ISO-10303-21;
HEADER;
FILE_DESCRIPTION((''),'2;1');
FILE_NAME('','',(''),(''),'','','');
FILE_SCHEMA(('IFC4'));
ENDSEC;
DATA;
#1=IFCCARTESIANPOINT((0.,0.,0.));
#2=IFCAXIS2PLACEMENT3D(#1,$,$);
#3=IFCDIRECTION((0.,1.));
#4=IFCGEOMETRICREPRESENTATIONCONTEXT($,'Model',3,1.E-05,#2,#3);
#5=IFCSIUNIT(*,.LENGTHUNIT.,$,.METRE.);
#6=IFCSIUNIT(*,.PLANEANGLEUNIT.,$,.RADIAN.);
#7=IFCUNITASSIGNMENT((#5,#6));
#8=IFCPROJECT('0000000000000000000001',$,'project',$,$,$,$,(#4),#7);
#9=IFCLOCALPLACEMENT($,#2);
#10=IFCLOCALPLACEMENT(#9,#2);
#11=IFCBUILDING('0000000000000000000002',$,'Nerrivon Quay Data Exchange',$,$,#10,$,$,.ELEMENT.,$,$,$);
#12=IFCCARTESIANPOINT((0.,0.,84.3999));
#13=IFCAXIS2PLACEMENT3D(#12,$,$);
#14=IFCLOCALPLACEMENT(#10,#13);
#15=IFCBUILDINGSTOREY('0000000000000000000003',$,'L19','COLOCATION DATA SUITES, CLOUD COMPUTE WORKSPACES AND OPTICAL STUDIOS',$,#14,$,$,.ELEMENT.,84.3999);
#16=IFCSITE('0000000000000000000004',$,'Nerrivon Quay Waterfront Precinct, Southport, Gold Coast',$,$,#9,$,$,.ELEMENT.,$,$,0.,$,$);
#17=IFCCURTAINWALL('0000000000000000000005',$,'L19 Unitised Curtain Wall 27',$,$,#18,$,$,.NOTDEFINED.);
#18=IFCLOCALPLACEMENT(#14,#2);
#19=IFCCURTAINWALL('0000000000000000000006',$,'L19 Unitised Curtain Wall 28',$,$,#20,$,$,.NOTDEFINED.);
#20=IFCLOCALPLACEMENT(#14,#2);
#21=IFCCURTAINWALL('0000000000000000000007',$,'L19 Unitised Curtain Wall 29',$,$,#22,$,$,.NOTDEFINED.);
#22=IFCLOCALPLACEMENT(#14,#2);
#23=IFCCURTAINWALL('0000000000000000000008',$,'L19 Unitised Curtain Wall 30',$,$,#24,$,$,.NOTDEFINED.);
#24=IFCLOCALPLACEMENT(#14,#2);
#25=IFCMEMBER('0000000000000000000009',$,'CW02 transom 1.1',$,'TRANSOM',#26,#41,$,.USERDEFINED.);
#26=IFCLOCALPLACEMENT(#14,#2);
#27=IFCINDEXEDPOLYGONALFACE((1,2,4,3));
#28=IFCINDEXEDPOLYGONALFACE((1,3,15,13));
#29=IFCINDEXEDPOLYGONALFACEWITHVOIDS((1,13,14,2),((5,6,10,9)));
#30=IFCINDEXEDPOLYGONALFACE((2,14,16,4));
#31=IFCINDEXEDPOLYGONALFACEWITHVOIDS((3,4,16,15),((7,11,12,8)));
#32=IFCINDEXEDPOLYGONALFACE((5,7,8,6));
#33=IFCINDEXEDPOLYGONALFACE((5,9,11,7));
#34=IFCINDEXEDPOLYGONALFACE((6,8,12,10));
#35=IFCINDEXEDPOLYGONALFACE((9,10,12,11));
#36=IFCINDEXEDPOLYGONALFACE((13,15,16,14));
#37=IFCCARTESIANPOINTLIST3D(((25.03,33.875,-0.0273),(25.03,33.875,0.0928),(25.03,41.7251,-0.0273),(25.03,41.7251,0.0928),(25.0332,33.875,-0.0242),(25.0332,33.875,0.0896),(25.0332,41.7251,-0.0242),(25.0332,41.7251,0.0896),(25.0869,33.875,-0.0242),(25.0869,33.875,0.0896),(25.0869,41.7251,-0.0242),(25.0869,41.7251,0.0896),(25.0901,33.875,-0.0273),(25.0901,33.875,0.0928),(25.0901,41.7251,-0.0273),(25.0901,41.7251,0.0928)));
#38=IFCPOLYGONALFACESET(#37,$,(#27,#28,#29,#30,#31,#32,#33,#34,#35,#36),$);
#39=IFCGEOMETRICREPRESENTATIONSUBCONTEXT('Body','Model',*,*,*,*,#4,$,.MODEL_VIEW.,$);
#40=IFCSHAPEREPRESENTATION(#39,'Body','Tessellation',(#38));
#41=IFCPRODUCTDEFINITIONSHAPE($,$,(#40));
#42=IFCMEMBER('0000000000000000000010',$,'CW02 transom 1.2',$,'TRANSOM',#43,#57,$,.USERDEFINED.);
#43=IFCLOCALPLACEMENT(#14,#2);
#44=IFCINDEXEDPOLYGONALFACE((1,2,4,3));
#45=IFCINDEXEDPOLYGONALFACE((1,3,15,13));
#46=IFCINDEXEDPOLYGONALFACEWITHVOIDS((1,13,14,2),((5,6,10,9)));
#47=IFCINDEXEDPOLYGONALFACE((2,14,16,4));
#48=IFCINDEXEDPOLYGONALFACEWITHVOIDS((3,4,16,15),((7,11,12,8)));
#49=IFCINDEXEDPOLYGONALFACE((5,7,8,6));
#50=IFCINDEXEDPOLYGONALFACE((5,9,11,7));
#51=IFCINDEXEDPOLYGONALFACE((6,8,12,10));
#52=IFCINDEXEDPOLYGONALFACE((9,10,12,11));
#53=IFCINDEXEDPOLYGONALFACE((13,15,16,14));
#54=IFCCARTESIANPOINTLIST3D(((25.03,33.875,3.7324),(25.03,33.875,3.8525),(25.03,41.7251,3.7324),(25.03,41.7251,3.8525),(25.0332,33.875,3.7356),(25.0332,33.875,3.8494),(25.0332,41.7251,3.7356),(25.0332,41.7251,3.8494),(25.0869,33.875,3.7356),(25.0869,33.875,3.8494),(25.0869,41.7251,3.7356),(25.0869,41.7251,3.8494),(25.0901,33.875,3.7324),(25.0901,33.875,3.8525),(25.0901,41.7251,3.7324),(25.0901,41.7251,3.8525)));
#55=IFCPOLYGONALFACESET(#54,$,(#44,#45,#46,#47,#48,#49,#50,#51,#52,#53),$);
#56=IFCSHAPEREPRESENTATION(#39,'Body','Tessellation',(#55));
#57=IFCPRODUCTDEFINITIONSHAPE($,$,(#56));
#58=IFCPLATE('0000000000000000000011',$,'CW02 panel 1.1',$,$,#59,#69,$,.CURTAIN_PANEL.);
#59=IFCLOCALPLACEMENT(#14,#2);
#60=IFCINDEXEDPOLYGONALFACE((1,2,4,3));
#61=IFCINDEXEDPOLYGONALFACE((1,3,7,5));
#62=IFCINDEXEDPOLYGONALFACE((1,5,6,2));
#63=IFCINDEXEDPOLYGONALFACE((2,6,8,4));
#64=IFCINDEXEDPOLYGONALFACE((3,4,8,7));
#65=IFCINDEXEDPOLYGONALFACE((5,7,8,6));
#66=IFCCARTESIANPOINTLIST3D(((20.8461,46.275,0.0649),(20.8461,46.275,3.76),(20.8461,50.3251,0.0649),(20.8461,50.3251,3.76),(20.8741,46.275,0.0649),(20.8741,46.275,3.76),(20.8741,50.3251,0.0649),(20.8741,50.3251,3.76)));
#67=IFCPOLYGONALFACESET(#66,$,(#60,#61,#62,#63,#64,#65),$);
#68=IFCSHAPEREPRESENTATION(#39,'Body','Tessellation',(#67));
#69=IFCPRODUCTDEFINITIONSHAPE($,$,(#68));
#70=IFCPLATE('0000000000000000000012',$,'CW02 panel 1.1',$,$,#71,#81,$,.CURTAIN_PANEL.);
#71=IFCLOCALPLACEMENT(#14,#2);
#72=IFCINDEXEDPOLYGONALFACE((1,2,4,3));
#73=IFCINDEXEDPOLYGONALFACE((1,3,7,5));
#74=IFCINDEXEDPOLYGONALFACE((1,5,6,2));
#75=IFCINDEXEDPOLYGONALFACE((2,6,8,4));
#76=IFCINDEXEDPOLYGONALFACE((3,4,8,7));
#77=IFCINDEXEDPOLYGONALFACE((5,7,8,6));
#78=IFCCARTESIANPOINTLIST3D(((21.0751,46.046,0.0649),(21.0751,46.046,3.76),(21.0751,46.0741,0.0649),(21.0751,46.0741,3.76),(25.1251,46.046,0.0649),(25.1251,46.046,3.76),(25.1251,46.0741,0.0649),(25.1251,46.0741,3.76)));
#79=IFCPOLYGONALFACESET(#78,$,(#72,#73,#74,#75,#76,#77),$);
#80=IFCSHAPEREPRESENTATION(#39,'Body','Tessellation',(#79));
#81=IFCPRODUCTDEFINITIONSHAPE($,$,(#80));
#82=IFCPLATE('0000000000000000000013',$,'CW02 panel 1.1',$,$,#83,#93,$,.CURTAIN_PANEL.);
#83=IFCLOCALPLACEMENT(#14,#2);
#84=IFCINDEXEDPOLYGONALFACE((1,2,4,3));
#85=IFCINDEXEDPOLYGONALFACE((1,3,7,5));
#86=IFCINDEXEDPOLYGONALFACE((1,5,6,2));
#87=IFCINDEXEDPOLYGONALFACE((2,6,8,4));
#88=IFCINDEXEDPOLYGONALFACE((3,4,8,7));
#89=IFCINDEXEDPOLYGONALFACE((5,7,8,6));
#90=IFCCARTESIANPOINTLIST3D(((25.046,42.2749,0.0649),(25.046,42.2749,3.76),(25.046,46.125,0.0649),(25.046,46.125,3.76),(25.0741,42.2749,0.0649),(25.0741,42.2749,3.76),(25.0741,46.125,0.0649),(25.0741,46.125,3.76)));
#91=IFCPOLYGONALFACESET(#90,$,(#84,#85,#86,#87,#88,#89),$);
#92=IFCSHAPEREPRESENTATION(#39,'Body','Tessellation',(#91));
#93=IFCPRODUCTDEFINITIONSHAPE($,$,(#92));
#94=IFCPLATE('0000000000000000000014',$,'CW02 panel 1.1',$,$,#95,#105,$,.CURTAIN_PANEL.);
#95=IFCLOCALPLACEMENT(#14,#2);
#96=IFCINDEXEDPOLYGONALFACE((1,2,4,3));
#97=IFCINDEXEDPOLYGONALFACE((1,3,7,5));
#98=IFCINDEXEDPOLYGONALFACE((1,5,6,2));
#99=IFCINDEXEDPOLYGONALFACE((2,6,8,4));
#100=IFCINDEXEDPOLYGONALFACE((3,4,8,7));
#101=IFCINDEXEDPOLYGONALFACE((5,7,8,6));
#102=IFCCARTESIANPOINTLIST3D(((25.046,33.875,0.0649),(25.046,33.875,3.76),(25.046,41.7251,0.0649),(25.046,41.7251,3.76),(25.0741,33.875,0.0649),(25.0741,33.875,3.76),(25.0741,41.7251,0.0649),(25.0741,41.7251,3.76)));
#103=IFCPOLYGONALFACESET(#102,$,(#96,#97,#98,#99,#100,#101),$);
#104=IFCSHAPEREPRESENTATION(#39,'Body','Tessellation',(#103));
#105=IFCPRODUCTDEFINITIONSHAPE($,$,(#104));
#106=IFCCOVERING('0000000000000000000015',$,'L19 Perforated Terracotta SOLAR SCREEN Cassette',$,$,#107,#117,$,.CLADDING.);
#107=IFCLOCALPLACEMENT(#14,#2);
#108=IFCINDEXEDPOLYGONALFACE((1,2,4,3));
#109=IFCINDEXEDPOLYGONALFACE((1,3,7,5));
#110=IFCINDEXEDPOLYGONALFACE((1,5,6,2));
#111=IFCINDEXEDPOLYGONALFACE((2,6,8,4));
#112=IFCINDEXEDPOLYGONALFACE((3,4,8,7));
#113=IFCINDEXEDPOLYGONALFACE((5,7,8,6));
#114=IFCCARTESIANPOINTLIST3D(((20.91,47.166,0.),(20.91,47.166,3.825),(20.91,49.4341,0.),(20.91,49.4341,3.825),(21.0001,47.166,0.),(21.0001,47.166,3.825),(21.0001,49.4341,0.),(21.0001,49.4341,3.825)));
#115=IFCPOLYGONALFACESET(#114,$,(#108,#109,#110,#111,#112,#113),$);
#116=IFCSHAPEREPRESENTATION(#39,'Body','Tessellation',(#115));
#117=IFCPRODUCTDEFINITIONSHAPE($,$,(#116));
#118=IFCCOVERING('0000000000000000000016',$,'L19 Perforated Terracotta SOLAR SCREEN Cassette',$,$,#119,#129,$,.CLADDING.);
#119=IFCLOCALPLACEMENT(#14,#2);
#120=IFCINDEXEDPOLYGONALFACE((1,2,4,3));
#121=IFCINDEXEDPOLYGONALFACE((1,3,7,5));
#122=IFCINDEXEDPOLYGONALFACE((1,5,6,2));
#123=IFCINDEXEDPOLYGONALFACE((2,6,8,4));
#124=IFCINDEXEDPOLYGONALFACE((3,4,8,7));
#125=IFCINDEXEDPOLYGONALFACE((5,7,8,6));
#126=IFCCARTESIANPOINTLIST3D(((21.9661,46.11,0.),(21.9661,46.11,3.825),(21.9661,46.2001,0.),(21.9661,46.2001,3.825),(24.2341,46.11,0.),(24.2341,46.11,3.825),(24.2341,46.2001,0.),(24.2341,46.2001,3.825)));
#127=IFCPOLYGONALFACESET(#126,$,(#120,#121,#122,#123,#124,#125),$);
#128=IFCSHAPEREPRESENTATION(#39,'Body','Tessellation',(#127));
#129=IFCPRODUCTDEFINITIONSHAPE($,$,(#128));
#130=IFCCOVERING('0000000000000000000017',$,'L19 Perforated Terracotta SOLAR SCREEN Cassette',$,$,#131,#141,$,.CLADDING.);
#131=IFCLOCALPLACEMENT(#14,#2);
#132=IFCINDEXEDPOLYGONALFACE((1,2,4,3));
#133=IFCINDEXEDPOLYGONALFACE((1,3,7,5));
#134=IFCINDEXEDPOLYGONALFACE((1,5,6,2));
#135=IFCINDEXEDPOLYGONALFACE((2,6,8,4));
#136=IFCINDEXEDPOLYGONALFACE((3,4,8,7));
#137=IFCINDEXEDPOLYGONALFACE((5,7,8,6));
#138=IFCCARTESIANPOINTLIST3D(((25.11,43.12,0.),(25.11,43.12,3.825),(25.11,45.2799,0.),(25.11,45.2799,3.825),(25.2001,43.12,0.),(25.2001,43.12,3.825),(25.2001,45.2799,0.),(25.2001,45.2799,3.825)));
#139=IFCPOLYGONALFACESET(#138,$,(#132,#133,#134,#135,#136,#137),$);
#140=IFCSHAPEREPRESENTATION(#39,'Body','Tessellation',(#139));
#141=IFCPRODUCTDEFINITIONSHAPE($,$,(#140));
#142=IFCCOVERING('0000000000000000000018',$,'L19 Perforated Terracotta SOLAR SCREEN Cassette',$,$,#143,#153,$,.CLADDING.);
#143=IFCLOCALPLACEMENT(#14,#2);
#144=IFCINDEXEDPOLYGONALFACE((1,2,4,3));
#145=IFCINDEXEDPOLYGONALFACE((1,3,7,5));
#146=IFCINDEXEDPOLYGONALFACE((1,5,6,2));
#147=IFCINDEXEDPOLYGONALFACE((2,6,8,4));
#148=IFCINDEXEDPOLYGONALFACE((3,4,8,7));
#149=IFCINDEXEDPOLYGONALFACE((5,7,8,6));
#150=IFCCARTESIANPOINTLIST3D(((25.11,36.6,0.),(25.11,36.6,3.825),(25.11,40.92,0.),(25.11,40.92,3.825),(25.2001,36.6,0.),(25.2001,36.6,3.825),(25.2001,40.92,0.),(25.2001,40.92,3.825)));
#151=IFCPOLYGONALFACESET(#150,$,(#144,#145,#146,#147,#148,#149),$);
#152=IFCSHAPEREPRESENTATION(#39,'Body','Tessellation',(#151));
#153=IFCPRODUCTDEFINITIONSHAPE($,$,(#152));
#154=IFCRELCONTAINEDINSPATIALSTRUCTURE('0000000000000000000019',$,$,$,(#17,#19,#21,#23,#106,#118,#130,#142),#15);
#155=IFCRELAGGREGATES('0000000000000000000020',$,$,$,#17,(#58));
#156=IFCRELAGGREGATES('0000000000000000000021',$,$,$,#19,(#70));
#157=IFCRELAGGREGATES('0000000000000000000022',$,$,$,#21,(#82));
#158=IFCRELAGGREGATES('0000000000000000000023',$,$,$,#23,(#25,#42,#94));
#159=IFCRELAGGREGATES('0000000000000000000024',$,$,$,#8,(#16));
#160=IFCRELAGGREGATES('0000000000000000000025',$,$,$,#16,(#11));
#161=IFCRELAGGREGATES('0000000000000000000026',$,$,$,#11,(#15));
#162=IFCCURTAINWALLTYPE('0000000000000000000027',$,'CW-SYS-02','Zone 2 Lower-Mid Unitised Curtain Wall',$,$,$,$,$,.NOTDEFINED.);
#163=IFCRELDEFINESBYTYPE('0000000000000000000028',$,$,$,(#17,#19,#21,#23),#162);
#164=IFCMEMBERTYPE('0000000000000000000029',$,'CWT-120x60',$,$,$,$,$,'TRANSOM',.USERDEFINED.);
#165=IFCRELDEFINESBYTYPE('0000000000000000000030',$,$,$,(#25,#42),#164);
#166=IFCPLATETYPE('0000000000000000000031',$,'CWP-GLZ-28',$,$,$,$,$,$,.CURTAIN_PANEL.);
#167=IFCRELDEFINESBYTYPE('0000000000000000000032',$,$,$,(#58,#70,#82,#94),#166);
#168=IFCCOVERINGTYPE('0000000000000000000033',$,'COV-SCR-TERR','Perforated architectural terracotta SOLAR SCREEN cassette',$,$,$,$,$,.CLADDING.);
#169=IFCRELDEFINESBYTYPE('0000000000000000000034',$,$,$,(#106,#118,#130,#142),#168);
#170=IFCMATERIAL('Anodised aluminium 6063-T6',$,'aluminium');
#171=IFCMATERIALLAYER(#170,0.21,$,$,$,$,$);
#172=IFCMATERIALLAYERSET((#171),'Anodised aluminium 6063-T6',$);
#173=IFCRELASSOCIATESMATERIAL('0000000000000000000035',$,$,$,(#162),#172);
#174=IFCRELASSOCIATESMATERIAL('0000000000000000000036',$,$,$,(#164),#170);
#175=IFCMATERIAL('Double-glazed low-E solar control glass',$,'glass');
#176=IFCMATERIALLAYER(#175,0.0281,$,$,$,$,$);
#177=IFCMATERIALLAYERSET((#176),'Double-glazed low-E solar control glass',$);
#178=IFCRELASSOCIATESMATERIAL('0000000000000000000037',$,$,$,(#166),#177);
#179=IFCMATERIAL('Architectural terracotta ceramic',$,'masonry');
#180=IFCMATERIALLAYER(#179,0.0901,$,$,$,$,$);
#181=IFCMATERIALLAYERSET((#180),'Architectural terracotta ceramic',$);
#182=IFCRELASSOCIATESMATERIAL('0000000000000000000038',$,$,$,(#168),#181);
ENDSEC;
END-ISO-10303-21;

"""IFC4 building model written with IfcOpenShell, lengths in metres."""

from ifc_helpers import new_model, si_unit, direction, frame, origin, origin_2d, place, context, subcontext, project, spatial, rectangle, hollow_rectangle, extrude, material, layer, layer_set, material_profile, profile_set, type_object, element, aggregate, save


model = new_model("IFC4")

# Units and contexts
model_context = context("Model", 3, precision=1e-05, world=origin(), true_north=direction((0.0, 1.0)))
body_context = subcontext(model_context, "Body", "Model", "MODEL_VIEW")
ifc_project = project(units=[si_unit("LENGTHUNIT", "METRE"), si_unit("PLANEANGLEUNIT", "RADIAN")], contexts=[model_context])

# Site, building, storey
site_placement = place(None, origin())
site = spatial("IfcSite", under=ifc_project, at=site_placement, Name="Nerrivon Quay Waterfront Precinct, Southport, Gold Coast", CompositionType="ELEMENT", RefElevation=0.0)
building_placement = place(site_placement, origin())
building = spatial("IfcBuilding", under=site, at=building_placement, Name="Nerrivon Quay Data Exchange", CompositionType="ELEMENT")
storey_placement = place(building_placement, frame((0.0, 0.0, 84.3999)))
storey = spatial("IfcBuildingStorey", under=building, at=storey_placement, Name="L19", Description="COLOCATION DATA SUITES, CLOUD COMPUTE WORKSPACES AND OPTICAL STUDIOS", CompositionType="ELEMENT", Elevation=84.3999)

# Shared definitions
ifc_material_1 = material(Name="Anodised aluminium 6063-T6", Category="aluminium")
ifc_layer_1 = layer(ifc_material_1, 0.21)
ifc_layer_set_1 = layer_set([ifc_layer_1], Name="Anodised aluminium 6063-T6")
curtain_wall_type = type_object("IfcCurtainWallType", Name="CW-SYS-02", Description="Zone 2 Lower-Mid Unitised Curtain Wall", PredefinedType="NOTDEFINED", material=ifc_layer_set_1)

# Curtain walls
curtain_wall_1_placement = place(storey_placement, origin())
curtain_wall_1 = element("IfcCurtainWall", 1, at=curtain_wall_1_placement, inside=storey, type_object=curtain_wall_type, Name="L19 Unitised Curtain Wall 27", PredefinedType="NOTDEFINED")
curtain_wall_2_placement = place(storey_placement, origin())
curtain_wall_2 = element("IfcCurtainWall", 2, at=curtain_wall_2_placement, inside=storey, type_object=curtain_wall_type, Name="L19 Unitised Curtain Wall 28", PredefinedType="NOTDEFINED")
curtain_wall_3_placement = place(storey_placement, origin())
curtain_wall_3 = element("IfcCurtainWall", 3, at=curtain_wall_3_placement, inside=storey, type_object=curtain_wall_type, Name="L19 Unitised Curtain Wall 29", PredefinedType="NOTDEFINED")
curtain_wall_4_placement = place(storey_placement, origin())
curtain_wall_4 = element("IfcCurtainWall", 4, at=curtain_wall_4_placement, inside=storey, type_object=curtain_wall_type, Name="L19 Unitised Curtain Wall 30", PredefinedType="NOTDEFINED")

# Members
ifc_material_profile_1 = material_profile(ifc_material_1, hollow_rectangle(XDim=0.0601, YDim=0.1201, WallThickness=0.0032, at=origin_2d()), Name="ALU-TRAN-120x60")
ifc_profile_set_1 = profile_set([ifc_material_profile_1], Name="Anodised aluminium 6063-T6")
member_type_1 = type_object("IfcMemberType", Name="CWT-120x60", ElementType="TRANSOM", PredefinedType="USERDEFINED", material=ifc_profile_set_1)
member_1_placement = place(storey_placement, frame((25.0601, 41.7251, 0.0327), z_axis=(0.0, -1.0, 0.0), x_axis=(1.0, 0.0, 0.0)))
member_1 = element("IfcMember", 5, at=member_1_placement, type_object=member_type_1, Name="CW02 transom 1.1", ObjectType="TRANSOM", PredefinedType="USERDEFINED", context=body_context, shape_type="SweptSolid", body=[
    extrude(hollow_rectangle(XDim=0.0601, YDim=0.1201, WallThickness=0.0032, at=origin_2d()), origin(), (0.0, 0.0, 1.0), 7.8501),
])
member_2_placement = place(storey_placement, frame((25.0601, 41.7251, 3.7925), z_axis=(0.0, -1.0, 0.0), x_axis=(1.0, 0.0, 0.0)))
member_2 = element("IfcMember", 6, at=member_2_placement, type_object=member_type_1, Name="CW02 transom 1.2", ObjectType="TRANSOM", PredefinedType="USERDEFINED", context=body_context, shape_type="SweptSolid", body=[
    extrude(hollow_rectangle(XDim=0.0601, YDim=0.1201, WallThickness=0.0032, at=origin_2d()), origin(), (0.0, 0.0, 1.0), 7.8501),
])

# Plates
ifc_material_2 = material(Name="Double-glazed low-E solar control glass", Category="glass")
ifc_layer_2 = layer(ifc_material_2, 0.0281)
ifc_layer_set_2 = layer_set([ifc_layer_2], Name="Double-glazed low-E solar control glass")
plate_type = type_object("IfcPlateType", Name="CWP-GLZ-28", PredefinedType="CURTAIN_PANEL", material=ifc_layer_set_2)
plate_1_placement = place(storey_placement, frame((20.8601, 48.3, 0.0649), z_axis=(0.0, 0.0, 1.0), x_axis=(0.0, -1.0, 0.0)))
plate_1 = element("IfcPlate", 7, at=plate_1_placement, type_object=plate_type, Name="CW02 panel 1.1", PredefinedType="CURTAIN_PANEL", context=body_context, shape_type="SweptSolid", body=[
    extrude(rectangle(XDim=4.05, YDim=0.0281, at=origin_2d()), origin(), (0.0, 0.0, 1.0), 3.6951),
])
aggregate(curtain_wall_1, [plate_1])
plate_2_placement = place(storey_placement, frame((23.1001, 46.0601, 0.0649), z_axis=(0.0, 0.0, 1.0), x_axis=(1.0, 0.0, 0.0)))
plate_2 = element("IfcPlate", 8, at=plate_2_placement, type_object=plate_type, Name="CW02 panel 1.1", PredefinedType="CURTAIN_PANEL", context=body_context, shape_type="SweptSolid", body=[
    extrude(rectangle(XDim=4.05, YDim=0.0281, at=origin_2d()), origin(), (0.0, 0.0, 1.0), 3.6951),
])
aggregate(curtain_wall_2, [plate_2])
plate_3_placement = place(storey_placement, frame((25.0601, 44.2, 0.0649), z_axis=(0.0, 0.0, 1.0), x_axis=(0.0, -1.0, 0.0)))
plate_3 = element("IfcPlate", 9, at=plate_3_placement, type_object=plate_type, Name="CW02 panel 1.1", PredefinedType="CURTAIN_PANEL", context=body_context, shape_type="SweptSolid", body=[
    extrude(rectangle(XDim=3.8501, YDim=0.0281, at=origin_2d()), origin(), (0.0, 0.0, 1.0), 3.6951),
])
aggregate(curtain_wall_3, [plate_3])
plate_4_placement = place(storey_placement, frame((25.0601, 37.8, 0.0649), z_axis=(0.0, 0.0, 1.0), x_axis=(0.0, -1.0, 0.0)))
plate_4 = element("IfcPlate", 10, at=plate_4_placement, type_object=plate_type, Name="CW02 panel 1.1", PredefinedType="CURTAIN_PANEL", context=body_context, shape_type="SweptSolid", body=[
    extrude(rectangle(XDim=7.8501, YDim=0.0281, at=origin_2d()), origin(), (0.0, 0.0, 1.0), 3.6951),
])
aggregate(curtain_wall_4, [member_1, member_2, plate_4])

# Coverings
ifc_material_3 = material(Name="Architectural terracotta ceramic", Category="masonry")
ifc_layer_3 = layer(ifc_material_3, 0.0901)
ifc_layer_set_3 = layer_set([ifc_layer_3], Name="Architectural terracotta ceramic")
covering_type = type_object("IfcCoveringType", Name="COV-SCR-TERR", Description="Perforated architectural terracotta SOLAR SCREEN cassette", PredefinedType="CLADDING", material=ifc_layer_set_3)
for number, where, z_axis, x_axis, name in (
    (11, (20.9551, 48.3, 0.0), (0.0, 0.0, 1.0), (0.0, -1.0, 0.0), "L19 Perforated Terracotta SOLAR SCREEN Cassette"),
    (12, (23.1001, 46.155, 0.0), (0.0, 0.0, 1.0), (1.0, 0.0, 0.0), "L19 Perforated Terracotta SOLAR SCREEN Cassette"),
):
    element("IfcCovering", number, at=place(storey_placement, frame(where, z_axis=z_axis, x_axis=x_axis)), inside=storey, type_object=covering_type, Name=name, PredefinedType="CLADDING", context=body_context, shape_type="SweptSolid", body=[
        extrude(rectangle(XDim=2.2681, YDim=0.0901, at=origin_2d()), origin(), (0.0, 0.0, 1.0), 3.825),
    ])
covering_1_placement = place(storey_placement, frame((25.155, 44.2, 0.0), z_axis=(0.0, 0.0, 1.0), x_axis=(0.0, -1.0, 0.0)))
element("IfcCovering", 13, at=covering_1_placement, inside=storey, type_object=covering_type, Name="L19 Perforated Terracotta SOLAR SCREEN Cassette", PredefinedType="CLADDING", context=body_context, shape_type="SweptSolid", body=[
    extrude(rectangle(XDim=2.1599, YDim=0.0901, at=origin_2d()), origin(), (0.0, 0.0, 1.0), 3.825),
])
covering_2_placement = place(storey_placement, frame((25.155, 38.76, 0.0), z_axis=(0.0, 0.0, 1.0), x_axis=(0.0, -1.0, 0.0)))
element("IfcCovering", 14, at=covering_2_placement, inside=storey, type_object=covering_type, Name="L19 Perforated Terracotta SOLAR SCREEN Cassette", PredefinedType="CLADDING", context=body_context, shape_type="SweptSolid", body=[
    extrude(rectangle(XDim=4.3201, YDim=0.0901, at=origin_2d()), origin(), (0.0, 0.0, 1.0), 3.825),
])

save(model, "model.ifc")
